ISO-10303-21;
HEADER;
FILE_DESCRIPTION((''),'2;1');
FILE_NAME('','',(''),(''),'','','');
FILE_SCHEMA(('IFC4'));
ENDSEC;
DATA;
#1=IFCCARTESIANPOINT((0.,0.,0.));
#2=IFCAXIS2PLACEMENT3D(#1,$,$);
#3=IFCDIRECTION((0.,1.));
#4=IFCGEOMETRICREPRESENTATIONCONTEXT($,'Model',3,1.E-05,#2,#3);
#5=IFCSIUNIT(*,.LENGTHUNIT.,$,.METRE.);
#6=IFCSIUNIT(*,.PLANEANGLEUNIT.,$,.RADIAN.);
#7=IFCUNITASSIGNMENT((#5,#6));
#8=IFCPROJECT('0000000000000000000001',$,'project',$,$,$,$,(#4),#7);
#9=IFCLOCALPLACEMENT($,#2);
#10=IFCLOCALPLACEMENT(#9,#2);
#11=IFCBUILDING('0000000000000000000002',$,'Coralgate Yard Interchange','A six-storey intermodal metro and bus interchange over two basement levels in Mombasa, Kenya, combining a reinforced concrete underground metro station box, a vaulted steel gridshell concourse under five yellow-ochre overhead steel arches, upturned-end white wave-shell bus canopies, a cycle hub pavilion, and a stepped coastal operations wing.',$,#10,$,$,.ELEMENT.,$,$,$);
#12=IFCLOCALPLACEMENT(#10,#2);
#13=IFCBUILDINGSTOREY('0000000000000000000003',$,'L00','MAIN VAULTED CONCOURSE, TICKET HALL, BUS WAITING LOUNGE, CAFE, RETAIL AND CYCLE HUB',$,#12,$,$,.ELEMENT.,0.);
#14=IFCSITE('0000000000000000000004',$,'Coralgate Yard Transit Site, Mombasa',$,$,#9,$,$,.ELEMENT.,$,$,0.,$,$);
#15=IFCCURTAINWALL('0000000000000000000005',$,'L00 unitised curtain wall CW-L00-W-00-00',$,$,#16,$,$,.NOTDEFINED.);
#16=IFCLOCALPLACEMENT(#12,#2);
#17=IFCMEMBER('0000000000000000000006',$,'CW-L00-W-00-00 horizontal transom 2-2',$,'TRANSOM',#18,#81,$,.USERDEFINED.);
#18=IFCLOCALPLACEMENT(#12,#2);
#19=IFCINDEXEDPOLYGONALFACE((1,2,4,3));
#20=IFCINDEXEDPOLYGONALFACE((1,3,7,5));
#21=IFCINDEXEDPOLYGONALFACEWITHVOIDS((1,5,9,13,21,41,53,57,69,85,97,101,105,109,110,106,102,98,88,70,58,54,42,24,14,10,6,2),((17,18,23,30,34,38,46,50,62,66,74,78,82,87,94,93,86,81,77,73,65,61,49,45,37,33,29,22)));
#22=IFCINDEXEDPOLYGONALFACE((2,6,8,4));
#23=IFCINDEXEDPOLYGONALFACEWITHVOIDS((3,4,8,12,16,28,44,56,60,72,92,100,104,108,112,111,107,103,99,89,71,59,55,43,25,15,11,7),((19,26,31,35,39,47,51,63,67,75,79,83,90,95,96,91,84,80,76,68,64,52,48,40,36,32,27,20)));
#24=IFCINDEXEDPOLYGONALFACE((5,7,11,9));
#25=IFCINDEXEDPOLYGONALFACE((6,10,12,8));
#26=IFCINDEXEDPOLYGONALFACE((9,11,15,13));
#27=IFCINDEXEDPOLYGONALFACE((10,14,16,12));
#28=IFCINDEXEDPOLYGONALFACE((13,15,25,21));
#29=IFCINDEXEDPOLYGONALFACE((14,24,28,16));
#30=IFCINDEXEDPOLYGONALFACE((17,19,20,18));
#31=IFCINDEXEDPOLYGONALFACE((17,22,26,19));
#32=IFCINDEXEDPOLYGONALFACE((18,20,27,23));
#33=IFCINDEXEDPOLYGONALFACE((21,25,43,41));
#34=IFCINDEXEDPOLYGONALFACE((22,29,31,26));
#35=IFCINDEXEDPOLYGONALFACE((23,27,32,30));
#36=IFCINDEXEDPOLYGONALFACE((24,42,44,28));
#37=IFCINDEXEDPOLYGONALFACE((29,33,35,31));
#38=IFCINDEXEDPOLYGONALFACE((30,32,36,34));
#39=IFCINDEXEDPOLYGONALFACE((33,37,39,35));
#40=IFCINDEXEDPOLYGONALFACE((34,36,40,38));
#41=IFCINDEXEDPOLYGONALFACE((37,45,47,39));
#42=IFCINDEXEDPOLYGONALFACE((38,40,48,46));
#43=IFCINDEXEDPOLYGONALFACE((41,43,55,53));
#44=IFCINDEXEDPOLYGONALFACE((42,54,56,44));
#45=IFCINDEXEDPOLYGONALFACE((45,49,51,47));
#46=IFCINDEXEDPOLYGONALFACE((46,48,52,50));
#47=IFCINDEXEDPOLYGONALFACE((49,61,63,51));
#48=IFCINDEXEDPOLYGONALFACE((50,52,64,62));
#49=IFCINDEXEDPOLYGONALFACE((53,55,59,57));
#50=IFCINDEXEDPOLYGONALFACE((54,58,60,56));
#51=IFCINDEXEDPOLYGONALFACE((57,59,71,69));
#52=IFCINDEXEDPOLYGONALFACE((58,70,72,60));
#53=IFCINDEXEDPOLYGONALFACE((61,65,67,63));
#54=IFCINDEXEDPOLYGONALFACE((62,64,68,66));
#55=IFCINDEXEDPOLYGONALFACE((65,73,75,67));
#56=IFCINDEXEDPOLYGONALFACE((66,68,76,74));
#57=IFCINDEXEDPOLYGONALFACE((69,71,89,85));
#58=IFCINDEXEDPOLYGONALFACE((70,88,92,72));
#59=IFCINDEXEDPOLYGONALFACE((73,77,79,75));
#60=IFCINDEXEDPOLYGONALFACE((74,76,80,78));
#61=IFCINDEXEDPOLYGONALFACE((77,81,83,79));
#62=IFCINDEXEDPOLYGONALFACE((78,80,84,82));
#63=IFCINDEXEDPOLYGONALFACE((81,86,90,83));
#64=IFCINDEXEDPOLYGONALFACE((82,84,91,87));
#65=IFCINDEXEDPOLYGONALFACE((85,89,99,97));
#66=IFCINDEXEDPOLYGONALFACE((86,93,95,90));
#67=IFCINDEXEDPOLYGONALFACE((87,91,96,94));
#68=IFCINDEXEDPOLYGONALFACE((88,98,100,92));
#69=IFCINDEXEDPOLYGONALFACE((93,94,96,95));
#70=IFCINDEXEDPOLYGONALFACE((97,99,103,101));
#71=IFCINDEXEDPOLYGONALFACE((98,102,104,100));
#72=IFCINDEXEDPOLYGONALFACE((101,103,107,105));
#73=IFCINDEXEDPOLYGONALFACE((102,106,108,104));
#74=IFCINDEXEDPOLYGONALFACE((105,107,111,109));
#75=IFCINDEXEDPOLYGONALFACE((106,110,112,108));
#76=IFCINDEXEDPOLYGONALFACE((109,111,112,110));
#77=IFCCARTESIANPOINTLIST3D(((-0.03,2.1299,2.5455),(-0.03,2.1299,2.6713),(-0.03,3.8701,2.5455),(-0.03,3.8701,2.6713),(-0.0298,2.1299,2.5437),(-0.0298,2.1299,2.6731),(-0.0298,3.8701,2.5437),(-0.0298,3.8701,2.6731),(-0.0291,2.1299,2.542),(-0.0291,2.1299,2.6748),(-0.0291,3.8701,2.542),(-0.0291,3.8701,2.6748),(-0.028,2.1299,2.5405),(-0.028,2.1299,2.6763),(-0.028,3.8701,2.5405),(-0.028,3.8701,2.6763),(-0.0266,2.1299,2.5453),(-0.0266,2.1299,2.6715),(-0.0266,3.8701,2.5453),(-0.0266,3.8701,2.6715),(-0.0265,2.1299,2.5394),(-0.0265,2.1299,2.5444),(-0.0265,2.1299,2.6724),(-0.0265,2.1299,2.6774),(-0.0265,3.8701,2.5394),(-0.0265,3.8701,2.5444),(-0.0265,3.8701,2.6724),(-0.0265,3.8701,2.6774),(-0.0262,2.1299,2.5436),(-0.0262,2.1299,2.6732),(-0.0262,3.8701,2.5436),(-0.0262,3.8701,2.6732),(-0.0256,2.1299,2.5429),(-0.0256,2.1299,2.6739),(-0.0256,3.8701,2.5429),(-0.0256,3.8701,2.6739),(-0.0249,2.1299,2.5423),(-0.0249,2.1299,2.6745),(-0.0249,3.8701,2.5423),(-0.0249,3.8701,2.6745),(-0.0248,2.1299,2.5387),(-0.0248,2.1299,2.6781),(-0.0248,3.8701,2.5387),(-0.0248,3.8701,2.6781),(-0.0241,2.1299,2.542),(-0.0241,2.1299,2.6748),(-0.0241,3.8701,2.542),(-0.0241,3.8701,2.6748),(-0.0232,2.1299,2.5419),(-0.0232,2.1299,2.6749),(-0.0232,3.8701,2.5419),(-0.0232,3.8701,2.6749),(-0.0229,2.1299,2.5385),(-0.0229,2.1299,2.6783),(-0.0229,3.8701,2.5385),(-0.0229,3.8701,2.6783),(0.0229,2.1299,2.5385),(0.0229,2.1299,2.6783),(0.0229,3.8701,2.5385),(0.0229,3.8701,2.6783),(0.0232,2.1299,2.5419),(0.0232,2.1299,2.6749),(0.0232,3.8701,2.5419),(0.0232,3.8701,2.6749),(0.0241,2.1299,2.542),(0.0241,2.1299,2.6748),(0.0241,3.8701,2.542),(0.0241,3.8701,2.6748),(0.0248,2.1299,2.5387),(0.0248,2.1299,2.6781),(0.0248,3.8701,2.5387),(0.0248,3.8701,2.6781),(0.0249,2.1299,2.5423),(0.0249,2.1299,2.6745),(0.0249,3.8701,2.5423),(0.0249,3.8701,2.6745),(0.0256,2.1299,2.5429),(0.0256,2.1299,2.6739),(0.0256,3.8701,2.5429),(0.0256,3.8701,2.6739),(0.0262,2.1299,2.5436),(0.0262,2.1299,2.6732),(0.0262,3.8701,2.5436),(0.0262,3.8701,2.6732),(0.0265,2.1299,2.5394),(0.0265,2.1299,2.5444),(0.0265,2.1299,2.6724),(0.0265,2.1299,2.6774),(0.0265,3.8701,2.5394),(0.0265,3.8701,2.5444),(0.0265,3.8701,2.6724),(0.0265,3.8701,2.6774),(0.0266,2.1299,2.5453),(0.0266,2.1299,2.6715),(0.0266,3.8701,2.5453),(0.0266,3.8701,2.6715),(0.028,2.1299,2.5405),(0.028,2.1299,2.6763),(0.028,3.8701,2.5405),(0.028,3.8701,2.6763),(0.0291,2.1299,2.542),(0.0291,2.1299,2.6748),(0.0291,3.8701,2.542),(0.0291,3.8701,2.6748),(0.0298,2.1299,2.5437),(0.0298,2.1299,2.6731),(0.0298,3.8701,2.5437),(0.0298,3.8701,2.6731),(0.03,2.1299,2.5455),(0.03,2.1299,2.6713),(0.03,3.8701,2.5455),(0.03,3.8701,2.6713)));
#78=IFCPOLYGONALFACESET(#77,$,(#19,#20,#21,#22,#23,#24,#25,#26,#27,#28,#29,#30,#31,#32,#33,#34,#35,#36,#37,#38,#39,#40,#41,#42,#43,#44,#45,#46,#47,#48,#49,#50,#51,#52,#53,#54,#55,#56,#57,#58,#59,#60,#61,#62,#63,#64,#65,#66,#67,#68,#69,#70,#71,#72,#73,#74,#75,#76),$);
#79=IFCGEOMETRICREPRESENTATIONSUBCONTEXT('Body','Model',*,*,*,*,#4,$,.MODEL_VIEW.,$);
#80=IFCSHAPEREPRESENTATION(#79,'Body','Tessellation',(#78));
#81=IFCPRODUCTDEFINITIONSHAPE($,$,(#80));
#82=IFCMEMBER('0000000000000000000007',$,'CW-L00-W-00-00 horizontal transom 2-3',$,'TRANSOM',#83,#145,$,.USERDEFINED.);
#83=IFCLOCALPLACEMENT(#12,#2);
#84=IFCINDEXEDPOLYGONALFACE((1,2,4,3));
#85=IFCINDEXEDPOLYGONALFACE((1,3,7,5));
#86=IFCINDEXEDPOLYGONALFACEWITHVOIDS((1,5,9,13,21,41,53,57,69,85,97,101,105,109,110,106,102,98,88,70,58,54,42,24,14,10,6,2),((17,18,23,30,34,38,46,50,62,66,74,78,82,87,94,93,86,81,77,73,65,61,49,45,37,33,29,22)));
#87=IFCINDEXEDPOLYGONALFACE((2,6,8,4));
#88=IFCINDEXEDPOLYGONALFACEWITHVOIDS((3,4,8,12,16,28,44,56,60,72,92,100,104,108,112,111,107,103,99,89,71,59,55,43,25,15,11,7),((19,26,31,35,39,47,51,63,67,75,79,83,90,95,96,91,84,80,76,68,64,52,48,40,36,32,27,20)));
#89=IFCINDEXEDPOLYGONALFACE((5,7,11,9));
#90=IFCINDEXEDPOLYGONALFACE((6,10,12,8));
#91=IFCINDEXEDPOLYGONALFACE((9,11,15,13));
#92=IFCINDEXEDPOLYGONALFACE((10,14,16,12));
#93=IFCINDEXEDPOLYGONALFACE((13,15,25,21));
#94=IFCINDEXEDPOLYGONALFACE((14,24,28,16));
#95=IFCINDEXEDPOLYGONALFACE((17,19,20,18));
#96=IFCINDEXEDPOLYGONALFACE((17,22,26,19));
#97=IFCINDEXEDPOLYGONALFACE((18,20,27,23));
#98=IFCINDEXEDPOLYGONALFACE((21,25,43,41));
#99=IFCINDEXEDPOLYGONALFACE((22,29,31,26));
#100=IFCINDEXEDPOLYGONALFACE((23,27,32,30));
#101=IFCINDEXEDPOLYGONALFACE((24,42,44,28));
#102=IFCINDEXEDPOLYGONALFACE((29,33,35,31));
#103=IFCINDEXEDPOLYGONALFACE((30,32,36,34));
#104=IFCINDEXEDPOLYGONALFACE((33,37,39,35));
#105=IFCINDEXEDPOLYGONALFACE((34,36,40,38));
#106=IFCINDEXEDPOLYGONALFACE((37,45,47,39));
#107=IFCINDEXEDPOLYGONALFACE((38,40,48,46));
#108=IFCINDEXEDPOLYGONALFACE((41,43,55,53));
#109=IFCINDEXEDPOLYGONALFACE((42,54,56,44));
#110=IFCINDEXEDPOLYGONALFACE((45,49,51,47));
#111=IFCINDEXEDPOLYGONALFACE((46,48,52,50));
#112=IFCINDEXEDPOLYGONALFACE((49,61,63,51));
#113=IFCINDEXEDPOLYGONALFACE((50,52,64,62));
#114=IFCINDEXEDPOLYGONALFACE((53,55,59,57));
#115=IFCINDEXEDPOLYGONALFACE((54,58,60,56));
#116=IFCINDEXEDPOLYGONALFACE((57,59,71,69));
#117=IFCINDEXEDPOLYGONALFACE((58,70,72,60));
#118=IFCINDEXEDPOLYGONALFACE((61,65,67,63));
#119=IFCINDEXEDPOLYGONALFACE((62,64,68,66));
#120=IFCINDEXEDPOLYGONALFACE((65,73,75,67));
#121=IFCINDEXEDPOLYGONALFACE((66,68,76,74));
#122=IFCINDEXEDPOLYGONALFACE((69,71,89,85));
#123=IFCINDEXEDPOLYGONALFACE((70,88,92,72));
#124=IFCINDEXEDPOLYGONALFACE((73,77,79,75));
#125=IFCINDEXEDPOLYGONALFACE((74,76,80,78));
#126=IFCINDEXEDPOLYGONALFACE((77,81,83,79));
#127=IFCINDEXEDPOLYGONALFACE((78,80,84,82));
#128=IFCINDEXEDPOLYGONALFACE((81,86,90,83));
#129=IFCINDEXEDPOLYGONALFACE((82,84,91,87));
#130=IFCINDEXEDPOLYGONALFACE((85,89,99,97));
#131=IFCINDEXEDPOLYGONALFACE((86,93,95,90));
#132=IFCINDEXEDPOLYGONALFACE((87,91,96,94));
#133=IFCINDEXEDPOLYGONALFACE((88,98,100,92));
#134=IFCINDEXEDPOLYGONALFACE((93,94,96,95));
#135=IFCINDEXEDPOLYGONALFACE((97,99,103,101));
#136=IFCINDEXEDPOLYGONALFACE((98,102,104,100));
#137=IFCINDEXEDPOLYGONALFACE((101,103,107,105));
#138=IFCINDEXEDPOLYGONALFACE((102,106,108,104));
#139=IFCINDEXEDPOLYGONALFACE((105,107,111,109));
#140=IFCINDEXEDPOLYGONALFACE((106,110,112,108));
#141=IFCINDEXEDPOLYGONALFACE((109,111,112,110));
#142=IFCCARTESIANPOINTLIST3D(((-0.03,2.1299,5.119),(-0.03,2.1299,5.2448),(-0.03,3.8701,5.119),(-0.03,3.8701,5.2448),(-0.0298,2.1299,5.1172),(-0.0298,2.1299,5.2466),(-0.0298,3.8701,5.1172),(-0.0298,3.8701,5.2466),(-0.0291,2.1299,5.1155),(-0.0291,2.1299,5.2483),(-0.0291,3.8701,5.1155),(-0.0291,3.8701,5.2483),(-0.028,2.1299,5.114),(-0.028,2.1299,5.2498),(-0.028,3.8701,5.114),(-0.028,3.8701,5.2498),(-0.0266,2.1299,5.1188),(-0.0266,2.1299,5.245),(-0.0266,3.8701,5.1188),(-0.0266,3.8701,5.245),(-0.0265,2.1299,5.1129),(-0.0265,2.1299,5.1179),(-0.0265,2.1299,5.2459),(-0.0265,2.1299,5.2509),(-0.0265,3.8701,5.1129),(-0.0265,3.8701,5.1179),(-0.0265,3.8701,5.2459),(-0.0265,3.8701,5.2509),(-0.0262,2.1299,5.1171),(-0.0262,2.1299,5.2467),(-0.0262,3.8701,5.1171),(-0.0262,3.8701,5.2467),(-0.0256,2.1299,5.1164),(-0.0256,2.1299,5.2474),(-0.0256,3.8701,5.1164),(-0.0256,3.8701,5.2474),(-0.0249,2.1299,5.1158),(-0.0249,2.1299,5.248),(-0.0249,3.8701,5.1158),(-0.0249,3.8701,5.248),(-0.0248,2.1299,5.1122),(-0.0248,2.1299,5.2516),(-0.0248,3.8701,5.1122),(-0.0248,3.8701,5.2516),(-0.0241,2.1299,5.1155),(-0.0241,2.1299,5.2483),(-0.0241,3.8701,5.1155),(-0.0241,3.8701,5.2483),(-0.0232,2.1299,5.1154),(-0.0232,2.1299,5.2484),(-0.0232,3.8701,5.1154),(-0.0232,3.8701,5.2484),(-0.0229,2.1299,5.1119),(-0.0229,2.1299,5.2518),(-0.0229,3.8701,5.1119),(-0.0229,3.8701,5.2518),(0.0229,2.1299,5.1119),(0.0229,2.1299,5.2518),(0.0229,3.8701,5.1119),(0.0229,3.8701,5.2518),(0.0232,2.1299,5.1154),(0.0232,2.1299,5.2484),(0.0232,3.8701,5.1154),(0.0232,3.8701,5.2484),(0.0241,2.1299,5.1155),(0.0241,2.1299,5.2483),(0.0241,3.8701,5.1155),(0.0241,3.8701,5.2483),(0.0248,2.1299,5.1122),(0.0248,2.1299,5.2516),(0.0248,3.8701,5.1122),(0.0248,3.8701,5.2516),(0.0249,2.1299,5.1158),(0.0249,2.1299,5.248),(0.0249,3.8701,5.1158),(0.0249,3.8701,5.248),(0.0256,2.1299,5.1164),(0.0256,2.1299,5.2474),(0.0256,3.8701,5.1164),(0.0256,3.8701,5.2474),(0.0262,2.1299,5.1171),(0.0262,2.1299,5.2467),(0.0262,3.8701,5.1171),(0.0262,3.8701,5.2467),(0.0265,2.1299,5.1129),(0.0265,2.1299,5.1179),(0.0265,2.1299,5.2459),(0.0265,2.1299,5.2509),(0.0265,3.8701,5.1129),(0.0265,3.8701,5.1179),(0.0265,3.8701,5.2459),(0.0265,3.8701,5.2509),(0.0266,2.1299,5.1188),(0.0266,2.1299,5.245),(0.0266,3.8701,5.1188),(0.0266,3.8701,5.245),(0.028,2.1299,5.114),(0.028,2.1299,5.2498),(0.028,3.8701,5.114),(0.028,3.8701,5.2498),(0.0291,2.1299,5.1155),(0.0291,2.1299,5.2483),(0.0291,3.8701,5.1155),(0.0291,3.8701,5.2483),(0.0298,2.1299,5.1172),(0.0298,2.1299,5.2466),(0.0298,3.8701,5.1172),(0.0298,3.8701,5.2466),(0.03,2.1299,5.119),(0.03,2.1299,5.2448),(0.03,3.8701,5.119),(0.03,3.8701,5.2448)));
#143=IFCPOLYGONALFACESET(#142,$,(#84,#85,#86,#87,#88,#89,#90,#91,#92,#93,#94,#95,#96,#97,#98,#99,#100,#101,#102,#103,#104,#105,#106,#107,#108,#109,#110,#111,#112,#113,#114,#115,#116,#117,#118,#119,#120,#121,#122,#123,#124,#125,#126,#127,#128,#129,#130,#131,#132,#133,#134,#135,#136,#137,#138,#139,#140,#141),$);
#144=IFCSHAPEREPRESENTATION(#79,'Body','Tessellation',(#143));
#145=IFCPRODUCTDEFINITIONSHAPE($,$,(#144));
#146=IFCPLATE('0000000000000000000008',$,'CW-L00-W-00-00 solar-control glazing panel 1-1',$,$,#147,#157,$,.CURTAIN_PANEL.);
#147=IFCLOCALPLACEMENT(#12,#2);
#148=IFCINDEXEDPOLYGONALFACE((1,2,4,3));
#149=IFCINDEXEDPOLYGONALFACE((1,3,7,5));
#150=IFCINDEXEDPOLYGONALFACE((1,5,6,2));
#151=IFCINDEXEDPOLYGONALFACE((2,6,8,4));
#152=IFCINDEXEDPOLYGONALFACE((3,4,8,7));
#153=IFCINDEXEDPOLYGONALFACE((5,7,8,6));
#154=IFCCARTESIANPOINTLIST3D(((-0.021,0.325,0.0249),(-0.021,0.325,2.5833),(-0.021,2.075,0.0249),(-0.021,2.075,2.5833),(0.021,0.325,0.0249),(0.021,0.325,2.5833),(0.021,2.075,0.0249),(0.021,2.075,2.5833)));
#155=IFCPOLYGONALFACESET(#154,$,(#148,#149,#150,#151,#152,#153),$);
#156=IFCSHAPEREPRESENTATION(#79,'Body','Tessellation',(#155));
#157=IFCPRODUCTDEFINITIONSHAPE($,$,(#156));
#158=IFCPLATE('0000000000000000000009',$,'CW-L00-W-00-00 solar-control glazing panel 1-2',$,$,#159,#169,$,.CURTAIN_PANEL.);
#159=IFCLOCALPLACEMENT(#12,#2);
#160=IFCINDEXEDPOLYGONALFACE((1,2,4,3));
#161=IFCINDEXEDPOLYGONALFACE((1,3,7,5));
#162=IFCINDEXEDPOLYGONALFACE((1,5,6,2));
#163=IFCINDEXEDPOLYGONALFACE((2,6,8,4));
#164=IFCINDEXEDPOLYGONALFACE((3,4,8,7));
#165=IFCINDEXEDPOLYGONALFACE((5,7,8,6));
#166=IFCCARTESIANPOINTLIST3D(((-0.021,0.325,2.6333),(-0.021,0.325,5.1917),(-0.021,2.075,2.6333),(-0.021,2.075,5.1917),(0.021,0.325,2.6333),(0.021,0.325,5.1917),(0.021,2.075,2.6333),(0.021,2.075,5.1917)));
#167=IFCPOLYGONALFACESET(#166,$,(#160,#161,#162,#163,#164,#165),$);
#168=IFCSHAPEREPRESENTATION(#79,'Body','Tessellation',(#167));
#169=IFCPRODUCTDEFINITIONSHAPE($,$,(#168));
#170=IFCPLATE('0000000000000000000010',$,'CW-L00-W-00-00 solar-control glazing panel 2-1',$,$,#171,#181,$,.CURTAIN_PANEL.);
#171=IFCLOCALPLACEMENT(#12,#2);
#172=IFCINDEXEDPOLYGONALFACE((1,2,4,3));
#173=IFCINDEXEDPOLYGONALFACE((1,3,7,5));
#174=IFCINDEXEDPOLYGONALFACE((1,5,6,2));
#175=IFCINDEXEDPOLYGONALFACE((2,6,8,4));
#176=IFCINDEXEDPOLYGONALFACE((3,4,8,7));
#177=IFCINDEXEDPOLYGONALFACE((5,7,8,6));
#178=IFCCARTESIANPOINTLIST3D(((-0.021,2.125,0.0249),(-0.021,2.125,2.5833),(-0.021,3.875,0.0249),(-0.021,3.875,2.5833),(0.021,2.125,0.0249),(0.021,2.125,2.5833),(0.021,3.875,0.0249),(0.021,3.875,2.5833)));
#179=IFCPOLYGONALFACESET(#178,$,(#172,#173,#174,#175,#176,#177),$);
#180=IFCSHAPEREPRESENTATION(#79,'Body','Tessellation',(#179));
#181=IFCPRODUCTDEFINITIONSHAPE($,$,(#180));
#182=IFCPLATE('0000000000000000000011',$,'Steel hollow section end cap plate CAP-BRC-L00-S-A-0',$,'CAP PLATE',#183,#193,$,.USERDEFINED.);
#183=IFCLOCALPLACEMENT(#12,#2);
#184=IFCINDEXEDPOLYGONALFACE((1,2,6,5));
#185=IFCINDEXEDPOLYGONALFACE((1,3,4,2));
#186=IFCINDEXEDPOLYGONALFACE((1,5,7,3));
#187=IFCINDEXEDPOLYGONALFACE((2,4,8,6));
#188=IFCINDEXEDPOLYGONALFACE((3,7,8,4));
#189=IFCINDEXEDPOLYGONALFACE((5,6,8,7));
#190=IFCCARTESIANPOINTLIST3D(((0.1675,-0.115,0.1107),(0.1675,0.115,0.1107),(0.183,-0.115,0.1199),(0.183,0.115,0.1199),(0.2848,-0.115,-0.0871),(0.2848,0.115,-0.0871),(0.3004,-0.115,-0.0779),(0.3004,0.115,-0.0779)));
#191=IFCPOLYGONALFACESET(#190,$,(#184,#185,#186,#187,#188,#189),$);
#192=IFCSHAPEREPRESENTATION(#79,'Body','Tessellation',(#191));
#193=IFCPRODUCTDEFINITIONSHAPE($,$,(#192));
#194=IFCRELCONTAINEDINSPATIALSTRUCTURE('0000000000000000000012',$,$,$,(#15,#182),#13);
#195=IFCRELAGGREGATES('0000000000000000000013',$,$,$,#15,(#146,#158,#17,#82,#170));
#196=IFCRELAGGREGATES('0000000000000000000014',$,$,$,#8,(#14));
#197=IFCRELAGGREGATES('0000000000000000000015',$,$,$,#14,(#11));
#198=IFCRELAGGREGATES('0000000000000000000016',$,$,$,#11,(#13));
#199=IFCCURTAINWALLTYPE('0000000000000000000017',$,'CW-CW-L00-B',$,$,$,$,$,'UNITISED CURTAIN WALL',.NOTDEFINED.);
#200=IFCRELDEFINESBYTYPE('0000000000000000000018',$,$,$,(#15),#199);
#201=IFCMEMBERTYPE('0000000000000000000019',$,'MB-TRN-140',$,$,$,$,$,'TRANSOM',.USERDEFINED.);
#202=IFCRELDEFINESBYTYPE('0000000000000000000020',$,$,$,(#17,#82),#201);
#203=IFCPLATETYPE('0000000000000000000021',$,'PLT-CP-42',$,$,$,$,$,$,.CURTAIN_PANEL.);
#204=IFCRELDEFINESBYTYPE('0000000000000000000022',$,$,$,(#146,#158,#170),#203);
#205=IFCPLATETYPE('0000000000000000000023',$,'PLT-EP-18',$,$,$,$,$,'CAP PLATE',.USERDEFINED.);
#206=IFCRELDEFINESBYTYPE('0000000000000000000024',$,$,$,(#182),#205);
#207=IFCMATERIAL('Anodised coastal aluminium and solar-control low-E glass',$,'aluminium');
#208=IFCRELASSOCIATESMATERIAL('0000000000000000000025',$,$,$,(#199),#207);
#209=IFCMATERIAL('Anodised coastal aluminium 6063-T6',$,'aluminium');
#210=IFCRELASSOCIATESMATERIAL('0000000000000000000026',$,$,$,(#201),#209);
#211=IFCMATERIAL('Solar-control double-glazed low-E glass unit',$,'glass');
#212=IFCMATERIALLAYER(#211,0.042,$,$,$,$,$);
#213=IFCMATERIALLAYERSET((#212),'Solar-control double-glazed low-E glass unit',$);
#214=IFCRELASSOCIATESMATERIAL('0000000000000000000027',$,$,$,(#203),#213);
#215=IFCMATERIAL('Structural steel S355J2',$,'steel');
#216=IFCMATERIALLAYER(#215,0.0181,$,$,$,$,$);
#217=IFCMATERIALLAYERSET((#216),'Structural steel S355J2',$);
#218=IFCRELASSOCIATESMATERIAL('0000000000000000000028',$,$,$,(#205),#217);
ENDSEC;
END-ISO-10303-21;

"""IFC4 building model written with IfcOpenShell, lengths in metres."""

from ifc_helpers import new_model, si_unit, direction, frame, origin, origin_2d, place, context, subcontext, project, spatial, rectangle, hollow_rectangle, extrude, material, layer, layer_set, material_profile, profile_set, type_object, element, aggregate, save


model = new_model("IFC4")

# Units and contexts
model_context = context("Model", 3, precision=1e-05, world=origin(), true_north=direction((0.0, 1.0)))
body_context = subcontext(model_context, "Body", "Model", "MODEL_VIEW")
ifc_project = project(units=[si_unit("LENGTHUNIT", "METRE"), si_unit("PLANEANGLEUNIT", "RADIAN")], contexts=[model_context])

# Site, building, storey
site_placement = place(None, origin())
site = spatial("IfcSite", under=ifc_project, at=site_placement, Name="Coralgate Yard Transit Site, Mombasa", CompositionType="ELEMENT", RefElevation=0.0)
building_placement = place(site_placement, origin())
building = spatial("IfcBuilding", under=site, at=building_placement, Name="Coralgate Yard Interchange", Description="A six-storey intermodal metro and bus interchange over two basement levels in Mombasa, Kenya, combining a reinforced concrete underground metro station box, a vaulted steel gridshell concourse under five yellow-ochre overhead steel arches, upturned-end white wave-shell bus canopies, a cycle hub pavilion, and a stepped coastal operations wing.", CompositionType="ELEMENT")
storey_placement = place(building_placement, origin())
storey = spatial("IfcBuildingStorey", under=building, at=storey_placement, Name="L00", Description="MAIN VAULTED CONCOURSE, TICKET HALL, BUS WAITING LOUNGE, CAFE, RETAIL AND CYCLE HUB", CompositionType="ELEMENT", Elevation=0.0)

# Shared definitions
ifc_material_1 = material(Name="Structural steel S355J2", Category="steel")

# Curtain wall, members, plates
ifc_material_2 = material(Name="Anodised coastal aluminium and solar-control low-E glass", Category="aluminium")
curtain_wall_type = type_object("IfcCurtainWallType", Name="CW-CW-L00-B", ElementType="UNITISED CURTAIN WALL", PredefinedType="NOTDEFINED", material=ifc_material_2)
curtain_wall_placement = place(storey_placement, origin())
curtain_wall = element("IfcCurtainWall", 1, at=curtain_wall_placement, inside=storey, type_object=curtain_wall_type, Name="L00 unitised curtain wall CW-L00-W-00-00", PredefinedType="NOTDEFINED")
ifc_material_3 = material(Name="Anodised coastal aluminium 6063-T6", Category="aluminium")
ifc_material_profile_1 = material_profile(ifc_material_3, hollow_rectangle(XDim=0.0601, YDim=0.1399, WallThickness=0.0034, InnerFilletRadius=0.0034, OuterFilletRadius=0.0071, at=origin_2d()), Name="ALU 60x140x3.5")
ifc_profile_set_1 = profile_set([ifc_material_profile_1], Name="Anodised coastal aluminium 6063-T6")
member_type_1 = type_object("IfcMemberType", Name="MB-TRN-140", ElementType="TRANSOM", PredefinedType="USERDEFINED", material=ifc_profile_set_1)
member_1_placement = place(storey_placement, frame((0.0, 2.1299, 2.6084), z_axis=(0.0, 1.0, 0.0), x_axis=(-1.0, 0.0, 0.0)))
member_1 = element("IfcMember", 2, at=member_1_placement, type_object=member_type_1, Name="CW-L00-W-00-00 horizontal transom 2-2", ObjectType="TRANSOM", PredefinedType="USERDEFINED", context=body_context, shape_type="SweptSolid", body=[
    extrude(hollow_rectangle(XDim=0.0601, YDim=0.1399, WallThickness=0.0034, InnerFilletRadius=0.0034, OuterFilletRadius=0.0071, at=origin_2d()), origin(), (0.0, 0.0, 1.0), 1.7402),
])
member_2_placement = place(storey_placement, frame((0.0, 2.1299, 5.1819), z_axis=(0.0, 1.0, 0.0), x_axis=(-1.0, 0.0, 0.0)))
member_2 = element("IfcMember", 3, at=member_2_placement, type_object=member_type_1, Name="CW-L00-W-00-00 horizontal transom 2-3", ObjectType="TRANSOM", PredefinedType="USERDEFINED", context=body_context, shape_type="SweptSolid", body=[
    extrude(hollow_rectangle(XDim=0.0601, YDim=0.1399, WallThickness=0.0034, InnerFilletRadius=0.0034, OuterFilletRadius=0.0071, at=origin_2d()), origin(), (0.0, 0.0, 1.0), 1.7402),
])
ifc_material_4 = material(Name="Solar-control double-glazed low-E glass unit", Category="glass")
ifc_layer_1 = layer(ifc_material_4, 0.042)
ifc_layer_set_1 = layer_set([ifc_layer_1], Name="Solar-control double-glazed low-E glass unit")
plate_type_1 = type_object("IfcPlateType", Name="PLT-CP-42", PredefinedType="CURTAIN_PANEL", material=ifc_layer_set_1)
plate_1_placement = place(storey_placement, frame((0.0, 1.2, 0.0249), z_axis=(0.0, 0.0, 1.0), x_axis=(0.0, 1.0, 0.0)))
plate_1 = element("IfcPlate", 4, at=plate_1_placement, type_object=plate_type_1, Name="CW-L00-W-00-00 solar-control glazing panel 1-1", PredefinedType="CURTAIN_PANEL", context=body_context, shape_type="SweptSolid", body=[
    extrude(rectangle(XDim=1.75, YDim=0.042, at=origin_2d()), origin(), (0.0, 0.0, 1.0), 2.5583),
])
plate_2_placement = place(storey_placement, frame((0.0, 1.2, 2.6333), z_axis=(0.0, 0.0, 1.0), x_axis=(0.0, 1.0, 0.0)))
plate_2 = element("IfcPlate", 5, at=plate_2_placement, type_object=plate_type_1, Name="CW-L00-W-00-00 solar-control glazing panel 1-2", PredefinedType="CURTAIN_PANEL", context=body_context, shape_type="SweptSolid", body=[
    extrude(rectangle(XDim=1.75, YDim=0.042, at=origin_2d()), origin(), (0.0, 0.0, 1.0), 2.5583),
])
plate_3_placement = place(storey_placement, frame((0.0, 3.0, 0.0249), z_axis=(0.0, 0.0, 1.0), x_axis=(0.0, 1.0, 0.0)))
plate_3 = element("IfcPlate", 6, at=plate_3_placement, type_object=plate_type_1, Name="CW-L00-W-00-00 solar-control glazing panel 2-1", PredefinedType="CURTAIN_PANEL", context=body_context, shape_type="SweptSolid", body=[
    extrude(rectangle(XDim=1.75, YDim=0.042, at=origin_2d()), origin(), (0.0, 0.0, 1.0), 2.5583),
])
aggregate(curtain_wall, [plate_1, plate_2, member_1, member_2, plate_3])

# Plate
ifc_layer_2 = layer(ifc_material_1, 0.0181)
ifc_layer_set_2 = layer_set([ifc_layer_2], Name="Structural steel S355J2")
plate_type_2 = type_object("IfcPlateType", Name="PLT-EP-18", ElementType="CAP PLATE", PredefinedType="USERDEFINED", material=ifc_layer_set_2)
for number, where, z_axis, x_axis, name in (
    (7, (0.2417, 0.0, 0.021), (-0.860062, 0.0, -0.51019), (0.0, -1.0, 0.0), "Steel hollow section end cap plate CAP-BRC-L00-S-A-0"),
):
    element("IfcPlate", number, at=place(storey_placement, frame(where, z_axis=z_axis, x_axis=x_axis)), inside=storey, type_object=plate_type_2, Name=name, ObjectType="CAP PLATE", PredefinedType="USERDEFINED", context=body_context, shape_type="SweptSolid", body=[
        extrude(rectangle(XDim=0.23, YDim=0.23, at=origin_2d()), origin(), (0.0, 0.0, 1.0), 0.0181),
    ])

save(model, "model.ifc")
